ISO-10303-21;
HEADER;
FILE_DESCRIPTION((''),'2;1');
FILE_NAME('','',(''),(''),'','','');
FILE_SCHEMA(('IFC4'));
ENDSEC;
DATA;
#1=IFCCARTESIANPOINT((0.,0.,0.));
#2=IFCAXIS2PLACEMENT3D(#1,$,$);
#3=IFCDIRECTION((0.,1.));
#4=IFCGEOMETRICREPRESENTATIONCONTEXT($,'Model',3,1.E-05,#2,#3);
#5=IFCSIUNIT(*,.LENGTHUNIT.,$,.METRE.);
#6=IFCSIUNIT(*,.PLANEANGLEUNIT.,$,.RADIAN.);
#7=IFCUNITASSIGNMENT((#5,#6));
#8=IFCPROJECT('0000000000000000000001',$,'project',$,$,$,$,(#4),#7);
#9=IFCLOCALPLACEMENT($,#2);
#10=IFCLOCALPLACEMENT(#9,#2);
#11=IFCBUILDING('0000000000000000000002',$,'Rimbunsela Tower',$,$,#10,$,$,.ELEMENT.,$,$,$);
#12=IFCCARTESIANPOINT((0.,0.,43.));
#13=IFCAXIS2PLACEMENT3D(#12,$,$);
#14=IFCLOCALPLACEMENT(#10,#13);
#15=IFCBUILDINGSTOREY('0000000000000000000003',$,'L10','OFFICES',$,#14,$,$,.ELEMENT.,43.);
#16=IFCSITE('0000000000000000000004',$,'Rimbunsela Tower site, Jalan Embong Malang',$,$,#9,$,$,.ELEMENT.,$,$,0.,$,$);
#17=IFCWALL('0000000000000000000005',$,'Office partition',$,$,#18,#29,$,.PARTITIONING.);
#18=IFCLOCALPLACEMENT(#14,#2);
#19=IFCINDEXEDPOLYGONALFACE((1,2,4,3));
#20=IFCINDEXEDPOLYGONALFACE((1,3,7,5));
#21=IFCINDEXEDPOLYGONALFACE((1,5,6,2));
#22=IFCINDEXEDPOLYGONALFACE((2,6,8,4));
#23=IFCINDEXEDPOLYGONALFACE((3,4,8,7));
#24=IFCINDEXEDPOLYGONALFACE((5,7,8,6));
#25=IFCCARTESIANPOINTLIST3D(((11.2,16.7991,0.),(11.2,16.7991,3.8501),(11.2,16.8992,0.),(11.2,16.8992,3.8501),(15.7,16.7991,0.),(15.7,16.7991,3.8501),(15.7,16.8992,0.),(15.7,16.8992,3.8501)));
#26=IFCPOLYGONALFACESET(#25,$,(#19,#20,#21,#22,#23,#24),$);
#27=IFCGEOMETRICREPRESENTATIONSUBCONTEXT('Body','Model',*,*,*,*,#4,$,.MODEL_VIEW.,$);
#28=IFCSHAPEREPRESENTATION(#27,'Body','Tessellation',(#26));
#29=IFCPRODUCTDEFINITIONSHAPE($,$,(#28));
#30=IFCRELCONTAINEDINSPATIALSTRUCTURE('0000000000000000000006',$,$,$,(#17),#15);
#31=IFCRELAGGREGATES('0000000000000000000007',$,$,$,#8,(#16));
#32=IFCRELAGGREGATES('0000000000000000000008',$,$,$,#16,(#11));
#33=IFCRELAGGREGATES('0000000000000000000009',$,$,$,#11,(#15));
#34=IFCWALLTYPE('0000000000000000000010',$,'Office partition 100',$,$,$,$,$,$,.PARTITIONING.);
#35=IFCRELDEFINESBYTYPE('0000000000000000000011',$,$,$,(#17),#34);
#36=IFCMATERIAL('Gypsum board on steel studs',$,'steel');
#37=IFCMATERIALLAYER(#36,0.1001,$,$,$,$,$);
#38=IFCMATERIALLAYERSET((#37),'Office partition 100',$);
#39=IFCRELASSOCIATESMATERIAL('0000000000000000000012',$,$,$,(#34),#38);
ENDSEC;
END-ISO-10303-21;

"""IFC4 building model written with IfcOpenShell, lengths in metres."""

from ifc_helpers import new_model, si_unit, direction, frame, frame_2d, origin, place, context, subcontext, project, spatial, rectangle, extrude, material, layer, layer_set, type_object, element, save


model = new_model("IFC4")

# Units and contexts
model_context = context("Model", 3, precision=1e-05, world=origin(), true_north=direction((0.0, 1.0)))
body_context = subcontext(model_context, "Body", "Model", "MODEL_VIEW")
ifc_project = project(units=[si_unit("LENGTHUNIT", "METRE"), si_unit("PLANEANGLEUNIT", "RADIAN")], contexts=[model_context])

# Site, building, storey
site_placement = place(None, origin())
site = spatial("IfcSite", under=ifc_project, at=site_placement, Name="Rimbunsela Tower site, Jalan Embong Malang", CompositionType="ELEMENT", RefElevation=0.0)
building_placement = place(site_placement, origin())
building = spatial("IfcBuilding", under=site, at=building_placement, Name="Rimbunsela Tower", CompositionType="ELEMENT")
storey_placement = place(building_placement, frame((0.0, 0.0, 43.0)))
storey = spatial("IfcBuildingStorey", under=building, at=storey_placement, Name="L10", Description="OFFICES", CompositionType="ELEMENT", Elevation=43.0)

# Shared definitions
ifc_material_1 = material(Name="Gypsum board on steel studs", Category="steel")
ifc_layer_1 = layer(ifc_material_1, 0.1001)
ifc_layer_set_1 = layer_set([ifc_layer_1], Name="Office partition 100")
wall_type = type_object("IfcWallType", Name="Office partition 100", PredefinedType="PARTITIONING", material=ifc_layer_set_1)

# Wall
wall_1_placement = place(storey_placement, frame((11.2, 16.8491, 0.0), z_axis=(0.0, 0.0, 1.0), x_axis=(1.0, 0.0, 0.0)))
element("IfcWall", 1, at=wall_1_placement, inside=storey, type_object=wall_type, Name="Office partition", PredefinedType="PARTITIONING", context=body_context, shape_type="SweptSolid", body=[
    extrude(rectangle(XDim=4.5, YDim=0.1001, at=frame_2d((2.25, 0.0))), origin(), (0.0, 0.0, 1.0), 3.8501),
])

save(model, "model.ifc")
